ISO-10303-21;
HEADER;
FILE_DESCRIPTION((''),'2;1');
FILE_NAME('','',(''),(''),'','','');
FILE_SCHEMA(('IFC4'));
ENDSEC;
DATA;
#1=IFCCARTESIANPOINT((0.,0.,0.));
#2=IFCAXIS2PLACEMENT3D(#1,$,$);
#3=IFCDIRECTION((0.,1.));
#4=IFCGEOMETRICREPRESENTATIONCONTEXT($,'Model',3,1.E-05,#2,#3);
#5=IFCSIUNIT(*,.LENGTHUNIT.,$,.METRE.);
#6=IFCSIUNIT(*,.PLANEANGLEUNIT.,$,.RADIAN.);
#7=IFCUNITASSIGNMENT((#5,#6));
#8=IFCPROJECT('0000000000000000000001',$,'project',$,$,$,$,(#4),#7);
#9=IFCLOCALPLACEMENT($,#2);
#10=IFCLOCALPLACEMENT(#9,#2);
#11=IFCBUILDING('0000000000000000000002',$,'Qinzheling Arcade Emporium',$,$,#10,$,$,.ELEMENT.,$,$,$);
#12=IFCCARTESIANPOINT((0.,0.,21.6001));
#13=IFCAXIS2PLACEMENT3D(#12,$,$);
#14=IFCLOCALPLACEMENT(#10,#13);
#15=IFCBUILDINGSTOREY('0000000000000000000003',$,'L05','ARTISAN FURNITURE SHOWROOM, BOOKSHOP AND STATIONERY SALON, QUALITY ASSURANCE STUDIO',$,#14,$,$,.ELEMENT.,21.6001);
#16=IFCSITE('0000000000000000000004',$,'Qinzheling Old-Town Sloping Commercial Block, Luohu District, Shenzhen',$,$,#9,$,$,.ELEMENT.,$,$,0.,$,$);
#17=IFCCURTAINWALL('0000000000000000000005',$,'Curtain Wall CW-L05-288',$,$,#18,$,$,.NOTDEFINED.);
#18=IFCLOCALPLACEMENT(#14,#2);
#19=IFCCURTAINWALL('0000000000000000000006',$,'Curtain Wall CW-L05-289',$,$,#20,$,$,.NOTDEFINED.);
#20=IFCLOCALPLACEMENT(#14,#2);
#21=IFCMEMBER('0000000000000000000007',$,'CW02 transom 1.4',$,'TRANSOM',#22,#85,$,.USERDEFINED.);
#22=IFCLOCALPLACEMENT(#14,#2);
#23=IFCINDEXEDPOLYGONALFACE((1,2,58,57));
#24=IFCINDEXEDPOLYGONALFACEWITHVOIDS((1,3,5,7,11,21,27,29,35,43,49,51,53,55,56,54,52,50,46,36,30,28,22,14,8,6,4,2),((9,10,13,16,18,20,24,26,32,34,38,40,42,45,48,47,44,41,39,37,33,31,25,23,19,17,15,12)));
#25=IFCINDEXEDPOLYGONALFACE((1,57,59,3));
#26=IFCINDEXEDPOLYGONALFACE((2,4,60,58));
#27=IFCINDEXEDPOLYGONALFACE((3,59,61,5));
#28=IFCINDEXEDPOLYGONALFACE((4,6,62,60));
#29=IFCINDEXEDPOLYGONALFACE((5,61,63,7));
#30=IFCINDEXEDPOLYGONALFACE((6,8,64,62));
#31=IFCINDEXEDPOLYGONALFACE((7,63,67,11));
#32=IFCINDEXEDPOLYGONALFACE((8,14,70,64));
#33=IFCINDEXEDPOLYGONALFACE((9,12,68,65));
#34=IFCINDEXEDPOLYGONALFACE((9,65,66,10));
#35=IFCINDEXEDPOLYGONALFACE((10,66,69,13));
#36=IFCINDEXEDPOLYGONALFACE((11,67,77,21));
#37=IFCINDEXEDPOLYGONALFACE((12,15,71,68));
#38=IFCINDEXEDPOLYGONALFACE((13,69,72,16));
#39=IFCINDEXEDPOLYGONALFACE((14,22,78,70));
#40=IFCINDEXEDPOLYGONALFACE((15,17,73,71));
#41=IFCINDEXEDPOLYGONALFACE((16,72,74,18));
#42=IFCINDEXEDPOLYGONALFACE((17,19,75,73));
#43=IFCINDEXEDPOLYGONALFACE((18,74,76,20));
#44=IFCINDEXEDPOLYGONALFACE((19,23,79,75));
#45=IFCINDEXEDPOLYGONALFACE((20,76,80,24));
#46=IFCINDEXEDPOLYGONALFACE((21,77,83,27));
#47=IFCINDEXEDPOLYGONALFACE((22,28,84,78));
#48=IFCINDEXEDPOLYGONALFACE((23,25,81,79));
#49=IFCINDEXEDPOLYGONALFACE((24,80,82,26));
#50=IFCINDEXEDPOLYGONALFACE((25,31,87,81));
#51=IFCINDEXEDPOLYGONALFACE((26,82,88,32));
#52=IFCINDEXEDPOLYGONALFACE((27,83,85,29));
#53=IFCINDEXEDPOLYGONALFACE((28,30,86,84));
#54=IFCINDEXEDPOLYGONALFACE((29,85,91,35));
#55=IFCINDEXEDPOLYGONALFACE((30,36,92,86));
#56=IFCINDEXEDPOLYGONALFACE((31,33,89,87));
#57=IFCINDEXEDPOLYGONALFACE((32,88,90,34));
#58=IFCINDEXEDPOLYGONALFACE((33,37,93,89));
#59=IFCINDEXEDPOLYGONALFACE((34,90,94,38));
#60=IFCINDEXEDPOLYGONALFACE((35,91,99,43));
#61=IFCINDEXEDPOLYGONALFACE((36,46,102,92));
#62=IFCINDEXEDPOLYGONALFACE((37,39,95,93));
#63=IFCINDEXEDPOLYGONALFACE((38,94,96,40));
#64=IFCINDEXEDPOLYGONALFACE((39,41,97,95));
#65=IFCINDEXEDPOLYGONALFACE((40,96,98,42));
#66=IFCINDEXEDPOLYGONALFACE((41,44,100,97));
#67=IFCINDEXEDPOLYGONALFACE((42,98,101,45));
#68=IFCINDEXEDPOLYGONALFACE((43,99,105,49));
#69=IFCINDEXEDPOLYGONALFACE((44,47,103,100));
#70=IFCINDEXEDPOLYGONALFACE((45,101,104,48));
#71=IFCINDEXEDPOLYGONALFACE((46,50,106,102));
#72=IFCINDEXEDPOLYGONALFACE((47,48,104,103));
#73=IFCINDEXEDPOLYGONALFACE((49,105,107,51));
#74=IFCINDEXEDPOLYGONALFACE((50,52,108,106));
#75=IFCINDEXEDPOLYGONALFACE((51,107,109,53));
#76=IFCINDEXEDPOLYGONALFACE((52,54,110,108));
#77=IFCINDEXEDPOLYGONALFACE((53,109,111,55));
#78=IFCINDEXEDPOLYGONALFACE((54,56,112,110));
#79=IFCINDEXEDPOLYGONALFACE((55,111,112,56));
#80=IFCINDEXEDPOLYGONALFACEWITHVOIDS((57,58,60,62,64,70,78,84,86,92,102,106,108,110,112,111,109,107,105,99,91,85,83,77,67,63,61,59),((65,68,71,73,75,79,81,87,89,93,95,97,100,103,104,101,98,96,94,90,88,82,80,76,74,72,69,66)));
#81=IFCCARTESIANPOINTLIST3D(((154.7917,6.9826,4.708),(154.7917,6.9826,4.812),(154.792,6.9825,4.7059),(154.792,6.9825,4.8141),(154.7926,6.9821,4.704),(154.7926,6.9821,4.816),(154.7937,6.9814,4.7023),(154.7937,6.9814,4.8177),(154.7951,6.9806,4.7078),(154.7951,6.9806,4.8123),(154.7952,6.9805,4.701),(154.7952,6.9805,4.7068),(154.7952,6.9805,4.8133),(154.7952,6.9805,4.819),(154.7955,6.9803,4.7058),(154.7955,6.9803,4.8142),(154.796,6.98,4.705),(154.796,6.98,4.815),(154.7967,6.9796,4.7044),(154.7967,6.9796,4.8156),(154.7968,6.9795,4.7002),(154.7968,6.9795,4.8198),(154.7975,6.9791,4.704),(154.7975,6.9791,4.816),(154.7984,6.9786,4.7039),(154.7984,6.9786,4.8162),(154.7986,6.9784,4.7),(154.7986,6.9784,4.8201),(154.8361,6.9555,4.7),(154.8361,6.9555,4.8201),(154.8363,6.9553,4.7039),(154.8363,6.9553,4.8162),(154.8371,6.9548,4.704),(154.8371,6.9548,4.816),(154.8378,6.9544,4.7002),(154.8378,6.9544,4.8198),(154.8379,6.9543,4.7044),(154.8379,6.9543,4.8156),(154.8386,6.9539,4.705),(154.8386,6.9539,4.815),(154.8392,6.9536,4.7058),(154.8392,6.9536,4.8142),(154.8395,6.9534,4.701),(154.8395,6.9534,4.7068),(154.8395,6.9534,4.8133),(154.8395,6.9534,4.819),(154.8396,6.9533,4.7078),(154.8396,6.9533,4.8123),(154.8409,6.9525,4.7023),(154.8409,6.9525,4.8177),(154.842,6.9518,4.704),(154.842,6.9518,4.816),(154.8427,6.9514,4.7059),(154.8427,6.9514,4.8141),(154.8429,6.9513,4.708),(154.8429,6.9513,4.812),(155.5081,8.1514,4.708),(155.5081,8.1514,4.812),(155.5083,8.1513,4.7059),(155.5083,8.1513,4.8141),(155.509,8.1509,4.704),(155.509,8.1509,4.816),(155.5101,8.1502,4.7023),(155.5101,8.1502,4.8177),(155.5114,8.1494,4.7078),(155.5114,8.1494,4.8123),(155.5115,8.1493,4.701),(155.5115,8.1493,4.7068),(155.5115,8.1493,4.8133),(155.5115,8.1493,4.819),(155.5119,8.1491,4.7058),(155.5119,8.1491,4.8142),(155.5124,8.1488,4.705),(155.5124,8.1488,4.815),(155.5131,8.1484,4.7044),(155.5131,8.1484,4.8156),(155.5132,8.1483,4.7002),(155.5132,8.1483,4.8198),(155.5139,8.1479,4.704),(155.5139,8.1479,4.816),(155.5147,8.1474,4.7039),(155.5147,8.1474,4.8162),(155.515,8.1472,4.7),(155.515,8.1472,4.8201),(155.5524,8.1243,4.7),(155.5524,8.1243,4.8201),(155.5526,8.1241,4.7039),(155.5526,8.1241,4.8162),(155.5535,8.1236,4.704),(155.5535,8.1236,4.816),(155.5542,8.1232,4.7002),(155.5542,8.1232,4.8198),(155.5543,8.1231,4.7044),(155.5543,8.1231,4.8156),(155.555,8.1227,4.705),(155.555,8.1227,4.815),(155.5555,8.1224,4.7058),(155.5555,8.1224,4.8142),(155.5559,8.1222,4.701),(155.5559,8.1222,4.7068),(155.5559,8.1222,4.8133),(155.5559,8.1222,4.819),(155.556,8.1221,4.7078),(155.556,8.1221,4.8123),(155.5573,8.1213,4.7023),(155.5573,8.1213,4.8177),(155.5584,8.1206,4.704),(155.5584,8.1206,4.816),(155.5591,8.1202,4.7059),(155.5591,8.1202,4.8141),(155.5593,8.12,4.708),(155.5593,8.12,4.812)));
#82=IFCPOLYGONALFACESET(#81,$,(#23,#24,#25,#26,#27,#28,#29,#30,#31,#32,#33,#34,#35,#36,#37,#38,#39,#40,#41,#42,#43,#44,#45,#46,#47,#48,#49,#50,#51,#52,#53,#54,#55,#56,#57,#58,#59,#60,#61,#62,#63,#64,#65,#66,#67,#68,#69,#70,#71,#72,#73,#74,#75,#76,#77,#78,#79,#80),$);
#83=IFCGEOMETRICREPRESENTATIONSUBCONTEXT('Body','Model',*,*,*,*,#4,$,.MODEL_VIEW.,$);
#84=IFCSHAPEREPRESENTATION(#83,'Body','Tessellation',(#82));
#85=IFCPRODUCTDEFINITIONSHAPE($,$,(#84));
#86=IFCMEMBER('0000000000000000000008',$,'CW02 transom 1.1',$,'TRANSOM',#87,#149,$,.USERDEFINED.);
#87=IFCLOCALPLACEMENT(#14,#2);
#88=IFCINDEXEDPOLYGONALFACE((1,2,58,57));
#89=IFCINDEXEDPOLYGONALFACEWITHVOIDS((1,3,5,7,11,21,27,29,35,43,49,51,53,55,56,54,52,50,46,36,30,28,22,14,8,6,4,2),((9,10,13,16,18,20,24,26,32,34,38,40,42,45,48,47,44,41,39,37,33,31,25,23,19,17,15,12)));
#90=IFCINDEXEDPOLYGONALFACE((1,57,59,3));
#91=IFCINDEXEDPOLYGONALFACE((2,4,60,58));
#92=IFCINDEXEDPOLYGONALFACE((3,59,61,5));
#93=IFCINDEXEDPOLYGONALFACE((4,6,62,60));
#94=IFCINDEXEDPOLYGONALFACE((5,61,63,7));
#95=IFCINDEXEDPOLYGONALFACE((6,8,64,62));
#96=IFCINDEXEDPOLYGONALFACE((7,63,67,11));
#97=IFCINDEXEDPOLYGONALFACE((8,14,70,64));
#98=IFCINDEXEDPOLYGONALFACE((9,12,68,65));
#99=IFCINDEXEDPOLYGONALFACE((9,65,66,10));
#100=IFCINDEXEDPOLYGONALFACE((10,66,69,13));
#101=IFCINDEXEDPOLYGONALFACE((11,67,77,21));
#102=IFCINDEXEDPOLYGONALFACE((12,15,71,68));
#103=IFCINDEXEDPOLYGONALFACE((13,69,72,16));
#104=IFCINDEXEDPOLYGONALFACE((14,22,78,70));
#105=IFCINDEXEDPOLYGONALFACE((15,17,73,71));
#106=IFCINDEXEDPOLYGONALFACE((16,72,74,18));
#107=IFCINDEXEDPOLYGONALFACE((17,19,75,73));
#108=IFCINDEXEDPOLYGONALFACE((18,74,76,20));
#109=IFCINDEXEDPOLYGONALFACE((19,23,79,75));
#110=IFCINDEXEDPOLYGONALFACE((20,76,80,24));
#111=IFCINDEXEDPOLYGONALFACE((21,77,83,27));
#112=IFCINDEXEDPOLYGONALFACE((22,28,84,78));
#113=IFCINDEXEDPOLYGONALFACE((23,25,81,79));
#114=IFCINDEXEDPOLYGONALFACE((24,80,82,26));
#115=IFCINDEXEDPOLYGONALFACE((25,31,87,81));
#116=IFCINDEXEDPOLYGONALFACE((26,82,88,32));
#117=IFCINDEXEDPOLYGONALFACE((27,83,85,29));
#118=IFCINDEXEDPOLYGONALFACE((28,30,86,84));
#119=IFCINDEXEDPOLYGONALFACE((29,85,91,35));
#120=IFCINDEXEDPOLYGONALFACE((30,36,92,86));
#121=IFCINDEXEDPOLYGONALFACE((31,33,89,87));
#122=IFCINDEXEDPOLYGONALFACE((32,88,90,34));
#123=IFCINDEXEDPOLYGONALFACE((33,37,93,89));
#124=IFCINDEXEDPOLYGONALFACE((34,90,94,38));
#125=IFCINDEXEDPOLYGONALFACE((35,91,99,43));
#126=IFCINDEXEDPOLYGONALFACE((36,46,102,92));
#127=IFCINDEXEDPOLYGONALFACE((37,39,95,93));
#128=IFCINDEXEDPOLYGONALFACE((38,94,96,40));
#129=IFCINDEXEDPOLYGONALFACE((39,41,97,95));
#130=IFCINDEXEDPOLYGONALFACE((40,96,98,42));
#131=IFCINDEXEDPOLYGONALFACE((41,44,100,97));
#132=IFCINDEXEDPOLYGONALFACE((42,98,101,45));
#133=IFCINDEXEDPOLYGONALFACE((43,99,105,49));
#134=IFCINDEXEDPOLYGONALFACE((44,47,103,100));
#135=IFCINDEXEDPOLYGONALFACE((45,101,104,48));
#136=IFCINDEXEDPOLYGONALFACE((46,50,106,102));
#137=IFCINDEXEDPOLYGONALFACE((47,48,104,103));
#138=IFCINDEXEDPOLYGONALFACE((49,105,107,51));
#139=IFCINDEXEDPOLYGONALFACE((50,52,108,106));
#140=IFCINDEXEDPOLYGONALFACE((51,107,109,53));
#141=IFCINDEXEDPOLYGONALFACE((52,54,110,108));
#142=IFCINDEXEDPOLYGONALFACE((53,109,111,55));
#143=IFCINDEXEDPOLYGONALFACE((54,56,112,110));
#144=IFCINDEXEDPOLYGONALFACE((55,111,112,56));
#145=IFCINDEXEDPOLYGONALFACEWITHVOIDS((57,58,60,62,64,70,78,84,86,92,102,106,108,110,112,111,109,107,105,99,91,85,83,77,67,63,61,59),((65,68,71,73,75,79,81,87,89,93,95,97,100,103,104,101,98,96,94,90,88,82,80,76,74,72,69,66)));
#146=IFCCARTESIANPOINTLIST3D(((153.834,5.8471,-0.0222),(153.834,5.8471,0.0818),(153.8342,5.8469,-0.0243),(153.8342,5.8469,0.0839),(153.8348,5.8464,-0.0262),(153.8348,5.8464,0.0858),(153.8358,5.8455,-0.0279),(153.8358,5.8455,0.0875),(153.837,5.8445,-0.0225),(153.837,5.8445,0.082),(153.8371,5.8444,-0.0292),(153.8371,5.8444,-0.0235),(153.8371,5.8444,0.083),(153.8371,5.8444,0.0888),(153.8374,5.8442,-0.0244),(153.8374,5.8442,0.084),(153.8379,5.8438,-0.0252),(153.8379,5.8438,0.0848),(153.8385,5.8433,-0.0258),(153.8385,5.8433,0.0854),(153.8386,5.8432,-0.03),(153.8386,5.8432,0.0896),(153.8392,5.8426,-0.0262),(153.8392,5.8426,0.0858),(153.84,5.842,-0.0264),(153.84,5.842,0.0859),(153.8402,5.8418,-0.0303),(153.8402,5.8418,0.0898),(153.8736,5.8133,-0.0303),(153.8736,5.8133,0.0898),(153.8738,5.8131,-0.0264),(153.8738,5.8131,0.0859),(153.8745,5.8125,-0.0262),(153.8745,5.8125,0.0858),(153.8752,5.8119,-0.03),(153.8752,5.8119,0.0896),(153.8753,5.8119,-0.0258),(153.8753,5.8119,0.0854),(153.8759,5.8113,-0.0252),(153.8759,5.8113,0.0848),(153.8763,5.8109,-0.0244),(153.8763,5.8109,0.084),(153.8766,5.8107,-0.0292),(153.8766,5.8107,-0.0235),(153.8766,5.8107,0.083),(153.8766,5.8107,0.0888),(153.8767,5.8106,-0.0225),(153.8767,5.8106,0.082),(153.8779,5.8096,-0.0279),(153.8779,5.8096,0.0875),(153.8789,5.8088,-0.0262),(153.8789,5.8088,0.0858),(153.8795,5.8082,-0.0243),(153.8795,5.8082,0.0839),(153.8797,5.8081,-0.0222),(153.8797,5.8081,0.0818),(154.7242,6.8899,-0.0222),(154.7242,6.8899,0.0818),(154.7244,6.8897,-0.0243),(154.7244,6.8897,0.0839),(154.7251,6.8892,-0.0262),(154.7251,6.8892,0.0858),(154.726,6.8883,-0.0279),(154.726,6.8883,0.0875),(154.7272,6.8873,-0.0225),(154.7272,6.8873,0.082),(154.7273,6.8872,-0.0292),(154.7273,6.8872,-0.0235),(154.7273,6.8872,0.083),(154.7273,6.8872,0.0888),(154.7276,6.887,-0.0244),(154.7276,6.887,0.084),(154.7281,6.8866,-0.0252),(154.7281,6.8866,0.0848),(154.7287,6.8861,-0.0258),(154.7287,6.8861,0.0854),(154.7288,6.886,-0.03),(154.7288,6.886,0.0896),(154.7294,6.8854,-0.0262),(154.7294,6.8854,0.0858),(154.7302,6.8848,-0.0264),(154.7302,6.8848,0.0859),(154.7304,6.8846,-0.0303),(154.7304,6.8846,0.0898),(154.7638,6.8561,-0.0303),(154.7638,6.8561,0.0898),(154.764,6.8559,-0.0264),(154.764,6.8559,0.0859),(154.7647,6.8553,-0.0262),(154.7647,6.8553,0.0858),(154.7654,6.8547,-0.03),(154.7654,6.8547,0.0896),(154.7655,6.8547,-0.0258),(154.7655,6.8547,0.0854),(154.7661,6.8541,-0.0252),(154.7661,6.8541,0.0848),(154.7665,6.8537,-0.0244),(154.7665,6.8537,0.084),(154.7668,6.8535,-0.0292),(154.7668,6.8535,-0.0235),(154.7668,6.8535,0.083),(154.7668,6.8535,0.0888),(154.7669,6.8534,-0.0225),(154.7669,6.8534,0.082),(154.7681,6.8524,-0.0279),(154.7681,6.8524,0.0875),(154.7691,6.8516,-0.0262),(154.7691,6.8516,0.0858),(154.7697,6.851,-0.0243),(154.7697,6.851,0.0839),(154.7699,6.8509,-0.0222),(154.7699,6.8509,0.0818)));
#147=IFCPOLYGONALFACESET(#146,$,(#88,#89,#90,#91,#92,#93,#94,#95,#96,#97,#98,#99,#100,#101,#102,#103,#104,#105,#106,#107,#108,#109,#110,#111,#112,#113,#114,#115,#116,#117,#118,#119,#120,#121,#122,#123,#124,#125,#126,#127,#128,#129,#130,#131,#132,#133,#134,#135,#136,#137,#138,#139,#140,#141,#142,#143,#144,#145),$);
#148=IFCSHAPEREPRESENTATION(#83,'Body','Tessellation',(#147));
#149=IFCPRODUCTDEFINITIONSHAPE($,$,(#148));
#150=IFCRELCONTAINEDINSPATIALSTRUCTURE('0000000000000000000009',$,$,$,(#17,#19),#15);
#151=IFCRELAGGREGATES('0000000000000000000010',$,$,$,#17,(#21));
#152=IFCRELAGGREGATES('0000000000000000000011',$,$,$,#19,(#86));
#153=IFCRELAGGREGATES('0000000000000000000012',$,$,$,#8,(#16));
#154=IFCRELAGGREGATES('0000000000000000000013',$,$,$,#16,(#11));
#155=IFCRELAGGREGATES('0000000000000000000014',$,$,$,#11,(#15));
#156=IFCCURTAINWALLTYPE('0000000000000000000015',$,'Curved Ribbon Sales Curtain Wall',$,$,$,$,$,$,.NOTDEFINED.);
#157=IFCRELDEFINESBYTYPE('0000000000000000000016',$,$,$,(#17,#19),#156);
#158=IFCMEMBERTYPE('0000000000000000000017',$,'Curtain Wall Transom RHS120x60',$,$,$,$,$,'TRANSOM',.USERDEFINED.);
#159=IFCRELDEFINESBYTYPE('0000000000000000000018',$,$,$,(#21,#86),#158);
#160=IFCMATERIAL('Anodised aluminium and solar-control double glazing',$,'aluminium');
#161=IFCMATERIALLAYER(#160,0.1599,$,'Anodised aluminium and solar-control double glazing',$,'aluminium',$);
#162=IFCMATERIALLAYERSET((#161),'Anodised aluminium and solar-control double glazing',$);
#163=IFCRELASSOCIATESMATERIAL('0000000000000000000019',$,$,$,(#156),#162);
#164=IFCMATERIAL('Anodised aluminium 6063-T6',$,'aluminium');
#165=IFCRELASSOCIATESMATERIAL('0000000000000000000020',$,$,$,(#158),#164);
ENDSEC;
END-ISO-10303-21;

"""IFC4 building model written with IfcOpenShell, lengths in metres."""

from ifc_helpers import new_model, si_unit, direction, frame, origin, origin_2d, place, context, subcontext, project, spatial, hollow_rectangle, extrude, material, layer, layer_set, material_profile, profile_set, type_object, element, aggregate, save


model = new_model("IFC4")

# Units and contexts
model_context = context("Model", 3, precision=1e-05, world=origin(), true_north=direction((0.0, 1.0)))
body_context = subcontext(model_context, "Body", "Model", "MODEL_VIEW")
ifc_project = project(units=[si_unit("LENGTHUNIT", "METRE"), si_unit("PLANEANGLEUNIT", "RADIAN")], contexts=[model_context])

# Site, building, storey
site_placement = place(None, origin())
site = spatial("IfcSite", under=ifc_project, at=site_placement, Name="Qinzheling Old-Town Sloping Commercial Block, Luohu District, Shenzhen", CompositionType="ELEMENT", RefElevation=0.0)
building_placement = place(site_placement, origin())
building = spatial("IfcBuilding", under=site, at=building_placement, Name="Qinzheling Arcade Emporium", CompositionType="ELEMENT")
storey_placement = place(building_placement, frame((0.0, 0.0, 21.6001)))
storey = spatial("IfcBuildingStorey", under=building, at=storey_placement, Name="L05", Description="ARTISAN FURNITURE SHOWROOM, BOOKSHOP AND STATIONERY SALON, QUALITY ASSURANCE STUDIO", CompositionType="ELEMENT", Elevation=21.6001)

# Shared definitions
ifc_material_1 = material(Name="Anodised aluminium and solar-control double glazing", Category="aluminium")
ifc_layer_1 = layer(ifc_material_1, 0.1599, Name="Anodised aluminium and solar-control double glazing", Category="aluminium")
ifc_layer_set_1 = layer_set([ifc_layer_1], Name="Anodised aluminium and solar-control double glazing")
curtain_wall_type = type_object("IfcCurtainWallType", Name="Curved Ribbon Sales Curtain Wall", PredefinedType="NOTDEFINED", material=ifc_layer_set_1)
ifc_material_2 = material(Name="Anodised aluminium 6063-T6", Category="aluminium")

# Curtain walls
curtain_wall_1_placement = place(storey_placement, origin())
curtain_wall_1 = element("IfcCurtainWall", 1, at=curtain_wall_1_placement, inside=storey, type_object=curtain_wall_type, Name="Curtain Wall CW-L05-288", PredefinedType="NOTDEFINED")
curtain_wall_2_placement = place(storey_placement, origin())
curtain_wall_2 = element("IfcCurtainWall", 2, at=curtain_wall_2_placement, inside=storey, type_object=curtain_wall_type, Name="Curtain Wall CW-L05-289", PredefinedType="NOTDEFINED")

# Members
ifc_material_profile_1 = material_profile(ifc_material_2, hollow_rectangle(XDim=0.0601, YDim=0.1201, WallThickness=0.0039, InnerFilletRadius=0.0039, OuterFilletRadius=0.0081, at=origin_2d()), Name="RHS 120x60x4", Category="aluminium")
ifc_profile_set_1 = profile_set([ifc_material_profile_1], Name="Anodised aluminium 6063-T6")
member_type_1 = type_object("IfcMemberType", Name="Curtain Wall Transom RHS120x60", ElementType="TRANSOM", PredefinedType="USERDEFINED", material=ifc_profile_set_1)
member_1_placement = place(storey_placement, frame((155.5337, 8.1357, 4.76), z_axis=(-0.522566, -0.852599, 0.0), x_axis=(0.852599, -0.522566, 0.0)))
member_1 = element("IfcMember", 3, at=member_1_placement, type_object=member_type_1, Name="CW02 transom 1.4", ObjectType="TRANSOM", PredefinedType="USERDEFINED", context=body_context, shape_type="SweptSolid", body=[
    extrude(hollow_rectangle(XDim=0.0601, YDim=0.1201, WallThickness=0.0039, InnerFilletRadius=0.0039, OuterFilletRadius=0.0081, at=origin_2d()), origin(), (0.0, 0.0, 1.0), 1.3708),
])
member_2_placement = place(storey_placement, frame((154.7471, 6.8704, 0.0298), z_axis=(-0.649265, -0.760562, 0.0), x_axis=(0.760562, -0.649265, 0.0)))
member_2 = element("IfcMember", 4, at=member_2_placement, type_object=member_type_1, Name="CW02 transom 1.1", ObjectType="TRANSOM", PredefinedType="USERDEFINED", context=body_context, shape_type="SweptSolid", body=[
    extrude(hollow_rectangle(XDim=0.0601, YDim=0.1201, WallThickness=0.0039, InnerFilletRadius=0.0039, OuterFilletRadius=0.0081, at=origin_2d()), origin(), (0.0, 0.0, 1.0), 1.3711),
])

aggregate(curtain_wall_1, [member_1])
aggregate(curtain_wall_2, [member_2])

save(model, "model.ifc")
